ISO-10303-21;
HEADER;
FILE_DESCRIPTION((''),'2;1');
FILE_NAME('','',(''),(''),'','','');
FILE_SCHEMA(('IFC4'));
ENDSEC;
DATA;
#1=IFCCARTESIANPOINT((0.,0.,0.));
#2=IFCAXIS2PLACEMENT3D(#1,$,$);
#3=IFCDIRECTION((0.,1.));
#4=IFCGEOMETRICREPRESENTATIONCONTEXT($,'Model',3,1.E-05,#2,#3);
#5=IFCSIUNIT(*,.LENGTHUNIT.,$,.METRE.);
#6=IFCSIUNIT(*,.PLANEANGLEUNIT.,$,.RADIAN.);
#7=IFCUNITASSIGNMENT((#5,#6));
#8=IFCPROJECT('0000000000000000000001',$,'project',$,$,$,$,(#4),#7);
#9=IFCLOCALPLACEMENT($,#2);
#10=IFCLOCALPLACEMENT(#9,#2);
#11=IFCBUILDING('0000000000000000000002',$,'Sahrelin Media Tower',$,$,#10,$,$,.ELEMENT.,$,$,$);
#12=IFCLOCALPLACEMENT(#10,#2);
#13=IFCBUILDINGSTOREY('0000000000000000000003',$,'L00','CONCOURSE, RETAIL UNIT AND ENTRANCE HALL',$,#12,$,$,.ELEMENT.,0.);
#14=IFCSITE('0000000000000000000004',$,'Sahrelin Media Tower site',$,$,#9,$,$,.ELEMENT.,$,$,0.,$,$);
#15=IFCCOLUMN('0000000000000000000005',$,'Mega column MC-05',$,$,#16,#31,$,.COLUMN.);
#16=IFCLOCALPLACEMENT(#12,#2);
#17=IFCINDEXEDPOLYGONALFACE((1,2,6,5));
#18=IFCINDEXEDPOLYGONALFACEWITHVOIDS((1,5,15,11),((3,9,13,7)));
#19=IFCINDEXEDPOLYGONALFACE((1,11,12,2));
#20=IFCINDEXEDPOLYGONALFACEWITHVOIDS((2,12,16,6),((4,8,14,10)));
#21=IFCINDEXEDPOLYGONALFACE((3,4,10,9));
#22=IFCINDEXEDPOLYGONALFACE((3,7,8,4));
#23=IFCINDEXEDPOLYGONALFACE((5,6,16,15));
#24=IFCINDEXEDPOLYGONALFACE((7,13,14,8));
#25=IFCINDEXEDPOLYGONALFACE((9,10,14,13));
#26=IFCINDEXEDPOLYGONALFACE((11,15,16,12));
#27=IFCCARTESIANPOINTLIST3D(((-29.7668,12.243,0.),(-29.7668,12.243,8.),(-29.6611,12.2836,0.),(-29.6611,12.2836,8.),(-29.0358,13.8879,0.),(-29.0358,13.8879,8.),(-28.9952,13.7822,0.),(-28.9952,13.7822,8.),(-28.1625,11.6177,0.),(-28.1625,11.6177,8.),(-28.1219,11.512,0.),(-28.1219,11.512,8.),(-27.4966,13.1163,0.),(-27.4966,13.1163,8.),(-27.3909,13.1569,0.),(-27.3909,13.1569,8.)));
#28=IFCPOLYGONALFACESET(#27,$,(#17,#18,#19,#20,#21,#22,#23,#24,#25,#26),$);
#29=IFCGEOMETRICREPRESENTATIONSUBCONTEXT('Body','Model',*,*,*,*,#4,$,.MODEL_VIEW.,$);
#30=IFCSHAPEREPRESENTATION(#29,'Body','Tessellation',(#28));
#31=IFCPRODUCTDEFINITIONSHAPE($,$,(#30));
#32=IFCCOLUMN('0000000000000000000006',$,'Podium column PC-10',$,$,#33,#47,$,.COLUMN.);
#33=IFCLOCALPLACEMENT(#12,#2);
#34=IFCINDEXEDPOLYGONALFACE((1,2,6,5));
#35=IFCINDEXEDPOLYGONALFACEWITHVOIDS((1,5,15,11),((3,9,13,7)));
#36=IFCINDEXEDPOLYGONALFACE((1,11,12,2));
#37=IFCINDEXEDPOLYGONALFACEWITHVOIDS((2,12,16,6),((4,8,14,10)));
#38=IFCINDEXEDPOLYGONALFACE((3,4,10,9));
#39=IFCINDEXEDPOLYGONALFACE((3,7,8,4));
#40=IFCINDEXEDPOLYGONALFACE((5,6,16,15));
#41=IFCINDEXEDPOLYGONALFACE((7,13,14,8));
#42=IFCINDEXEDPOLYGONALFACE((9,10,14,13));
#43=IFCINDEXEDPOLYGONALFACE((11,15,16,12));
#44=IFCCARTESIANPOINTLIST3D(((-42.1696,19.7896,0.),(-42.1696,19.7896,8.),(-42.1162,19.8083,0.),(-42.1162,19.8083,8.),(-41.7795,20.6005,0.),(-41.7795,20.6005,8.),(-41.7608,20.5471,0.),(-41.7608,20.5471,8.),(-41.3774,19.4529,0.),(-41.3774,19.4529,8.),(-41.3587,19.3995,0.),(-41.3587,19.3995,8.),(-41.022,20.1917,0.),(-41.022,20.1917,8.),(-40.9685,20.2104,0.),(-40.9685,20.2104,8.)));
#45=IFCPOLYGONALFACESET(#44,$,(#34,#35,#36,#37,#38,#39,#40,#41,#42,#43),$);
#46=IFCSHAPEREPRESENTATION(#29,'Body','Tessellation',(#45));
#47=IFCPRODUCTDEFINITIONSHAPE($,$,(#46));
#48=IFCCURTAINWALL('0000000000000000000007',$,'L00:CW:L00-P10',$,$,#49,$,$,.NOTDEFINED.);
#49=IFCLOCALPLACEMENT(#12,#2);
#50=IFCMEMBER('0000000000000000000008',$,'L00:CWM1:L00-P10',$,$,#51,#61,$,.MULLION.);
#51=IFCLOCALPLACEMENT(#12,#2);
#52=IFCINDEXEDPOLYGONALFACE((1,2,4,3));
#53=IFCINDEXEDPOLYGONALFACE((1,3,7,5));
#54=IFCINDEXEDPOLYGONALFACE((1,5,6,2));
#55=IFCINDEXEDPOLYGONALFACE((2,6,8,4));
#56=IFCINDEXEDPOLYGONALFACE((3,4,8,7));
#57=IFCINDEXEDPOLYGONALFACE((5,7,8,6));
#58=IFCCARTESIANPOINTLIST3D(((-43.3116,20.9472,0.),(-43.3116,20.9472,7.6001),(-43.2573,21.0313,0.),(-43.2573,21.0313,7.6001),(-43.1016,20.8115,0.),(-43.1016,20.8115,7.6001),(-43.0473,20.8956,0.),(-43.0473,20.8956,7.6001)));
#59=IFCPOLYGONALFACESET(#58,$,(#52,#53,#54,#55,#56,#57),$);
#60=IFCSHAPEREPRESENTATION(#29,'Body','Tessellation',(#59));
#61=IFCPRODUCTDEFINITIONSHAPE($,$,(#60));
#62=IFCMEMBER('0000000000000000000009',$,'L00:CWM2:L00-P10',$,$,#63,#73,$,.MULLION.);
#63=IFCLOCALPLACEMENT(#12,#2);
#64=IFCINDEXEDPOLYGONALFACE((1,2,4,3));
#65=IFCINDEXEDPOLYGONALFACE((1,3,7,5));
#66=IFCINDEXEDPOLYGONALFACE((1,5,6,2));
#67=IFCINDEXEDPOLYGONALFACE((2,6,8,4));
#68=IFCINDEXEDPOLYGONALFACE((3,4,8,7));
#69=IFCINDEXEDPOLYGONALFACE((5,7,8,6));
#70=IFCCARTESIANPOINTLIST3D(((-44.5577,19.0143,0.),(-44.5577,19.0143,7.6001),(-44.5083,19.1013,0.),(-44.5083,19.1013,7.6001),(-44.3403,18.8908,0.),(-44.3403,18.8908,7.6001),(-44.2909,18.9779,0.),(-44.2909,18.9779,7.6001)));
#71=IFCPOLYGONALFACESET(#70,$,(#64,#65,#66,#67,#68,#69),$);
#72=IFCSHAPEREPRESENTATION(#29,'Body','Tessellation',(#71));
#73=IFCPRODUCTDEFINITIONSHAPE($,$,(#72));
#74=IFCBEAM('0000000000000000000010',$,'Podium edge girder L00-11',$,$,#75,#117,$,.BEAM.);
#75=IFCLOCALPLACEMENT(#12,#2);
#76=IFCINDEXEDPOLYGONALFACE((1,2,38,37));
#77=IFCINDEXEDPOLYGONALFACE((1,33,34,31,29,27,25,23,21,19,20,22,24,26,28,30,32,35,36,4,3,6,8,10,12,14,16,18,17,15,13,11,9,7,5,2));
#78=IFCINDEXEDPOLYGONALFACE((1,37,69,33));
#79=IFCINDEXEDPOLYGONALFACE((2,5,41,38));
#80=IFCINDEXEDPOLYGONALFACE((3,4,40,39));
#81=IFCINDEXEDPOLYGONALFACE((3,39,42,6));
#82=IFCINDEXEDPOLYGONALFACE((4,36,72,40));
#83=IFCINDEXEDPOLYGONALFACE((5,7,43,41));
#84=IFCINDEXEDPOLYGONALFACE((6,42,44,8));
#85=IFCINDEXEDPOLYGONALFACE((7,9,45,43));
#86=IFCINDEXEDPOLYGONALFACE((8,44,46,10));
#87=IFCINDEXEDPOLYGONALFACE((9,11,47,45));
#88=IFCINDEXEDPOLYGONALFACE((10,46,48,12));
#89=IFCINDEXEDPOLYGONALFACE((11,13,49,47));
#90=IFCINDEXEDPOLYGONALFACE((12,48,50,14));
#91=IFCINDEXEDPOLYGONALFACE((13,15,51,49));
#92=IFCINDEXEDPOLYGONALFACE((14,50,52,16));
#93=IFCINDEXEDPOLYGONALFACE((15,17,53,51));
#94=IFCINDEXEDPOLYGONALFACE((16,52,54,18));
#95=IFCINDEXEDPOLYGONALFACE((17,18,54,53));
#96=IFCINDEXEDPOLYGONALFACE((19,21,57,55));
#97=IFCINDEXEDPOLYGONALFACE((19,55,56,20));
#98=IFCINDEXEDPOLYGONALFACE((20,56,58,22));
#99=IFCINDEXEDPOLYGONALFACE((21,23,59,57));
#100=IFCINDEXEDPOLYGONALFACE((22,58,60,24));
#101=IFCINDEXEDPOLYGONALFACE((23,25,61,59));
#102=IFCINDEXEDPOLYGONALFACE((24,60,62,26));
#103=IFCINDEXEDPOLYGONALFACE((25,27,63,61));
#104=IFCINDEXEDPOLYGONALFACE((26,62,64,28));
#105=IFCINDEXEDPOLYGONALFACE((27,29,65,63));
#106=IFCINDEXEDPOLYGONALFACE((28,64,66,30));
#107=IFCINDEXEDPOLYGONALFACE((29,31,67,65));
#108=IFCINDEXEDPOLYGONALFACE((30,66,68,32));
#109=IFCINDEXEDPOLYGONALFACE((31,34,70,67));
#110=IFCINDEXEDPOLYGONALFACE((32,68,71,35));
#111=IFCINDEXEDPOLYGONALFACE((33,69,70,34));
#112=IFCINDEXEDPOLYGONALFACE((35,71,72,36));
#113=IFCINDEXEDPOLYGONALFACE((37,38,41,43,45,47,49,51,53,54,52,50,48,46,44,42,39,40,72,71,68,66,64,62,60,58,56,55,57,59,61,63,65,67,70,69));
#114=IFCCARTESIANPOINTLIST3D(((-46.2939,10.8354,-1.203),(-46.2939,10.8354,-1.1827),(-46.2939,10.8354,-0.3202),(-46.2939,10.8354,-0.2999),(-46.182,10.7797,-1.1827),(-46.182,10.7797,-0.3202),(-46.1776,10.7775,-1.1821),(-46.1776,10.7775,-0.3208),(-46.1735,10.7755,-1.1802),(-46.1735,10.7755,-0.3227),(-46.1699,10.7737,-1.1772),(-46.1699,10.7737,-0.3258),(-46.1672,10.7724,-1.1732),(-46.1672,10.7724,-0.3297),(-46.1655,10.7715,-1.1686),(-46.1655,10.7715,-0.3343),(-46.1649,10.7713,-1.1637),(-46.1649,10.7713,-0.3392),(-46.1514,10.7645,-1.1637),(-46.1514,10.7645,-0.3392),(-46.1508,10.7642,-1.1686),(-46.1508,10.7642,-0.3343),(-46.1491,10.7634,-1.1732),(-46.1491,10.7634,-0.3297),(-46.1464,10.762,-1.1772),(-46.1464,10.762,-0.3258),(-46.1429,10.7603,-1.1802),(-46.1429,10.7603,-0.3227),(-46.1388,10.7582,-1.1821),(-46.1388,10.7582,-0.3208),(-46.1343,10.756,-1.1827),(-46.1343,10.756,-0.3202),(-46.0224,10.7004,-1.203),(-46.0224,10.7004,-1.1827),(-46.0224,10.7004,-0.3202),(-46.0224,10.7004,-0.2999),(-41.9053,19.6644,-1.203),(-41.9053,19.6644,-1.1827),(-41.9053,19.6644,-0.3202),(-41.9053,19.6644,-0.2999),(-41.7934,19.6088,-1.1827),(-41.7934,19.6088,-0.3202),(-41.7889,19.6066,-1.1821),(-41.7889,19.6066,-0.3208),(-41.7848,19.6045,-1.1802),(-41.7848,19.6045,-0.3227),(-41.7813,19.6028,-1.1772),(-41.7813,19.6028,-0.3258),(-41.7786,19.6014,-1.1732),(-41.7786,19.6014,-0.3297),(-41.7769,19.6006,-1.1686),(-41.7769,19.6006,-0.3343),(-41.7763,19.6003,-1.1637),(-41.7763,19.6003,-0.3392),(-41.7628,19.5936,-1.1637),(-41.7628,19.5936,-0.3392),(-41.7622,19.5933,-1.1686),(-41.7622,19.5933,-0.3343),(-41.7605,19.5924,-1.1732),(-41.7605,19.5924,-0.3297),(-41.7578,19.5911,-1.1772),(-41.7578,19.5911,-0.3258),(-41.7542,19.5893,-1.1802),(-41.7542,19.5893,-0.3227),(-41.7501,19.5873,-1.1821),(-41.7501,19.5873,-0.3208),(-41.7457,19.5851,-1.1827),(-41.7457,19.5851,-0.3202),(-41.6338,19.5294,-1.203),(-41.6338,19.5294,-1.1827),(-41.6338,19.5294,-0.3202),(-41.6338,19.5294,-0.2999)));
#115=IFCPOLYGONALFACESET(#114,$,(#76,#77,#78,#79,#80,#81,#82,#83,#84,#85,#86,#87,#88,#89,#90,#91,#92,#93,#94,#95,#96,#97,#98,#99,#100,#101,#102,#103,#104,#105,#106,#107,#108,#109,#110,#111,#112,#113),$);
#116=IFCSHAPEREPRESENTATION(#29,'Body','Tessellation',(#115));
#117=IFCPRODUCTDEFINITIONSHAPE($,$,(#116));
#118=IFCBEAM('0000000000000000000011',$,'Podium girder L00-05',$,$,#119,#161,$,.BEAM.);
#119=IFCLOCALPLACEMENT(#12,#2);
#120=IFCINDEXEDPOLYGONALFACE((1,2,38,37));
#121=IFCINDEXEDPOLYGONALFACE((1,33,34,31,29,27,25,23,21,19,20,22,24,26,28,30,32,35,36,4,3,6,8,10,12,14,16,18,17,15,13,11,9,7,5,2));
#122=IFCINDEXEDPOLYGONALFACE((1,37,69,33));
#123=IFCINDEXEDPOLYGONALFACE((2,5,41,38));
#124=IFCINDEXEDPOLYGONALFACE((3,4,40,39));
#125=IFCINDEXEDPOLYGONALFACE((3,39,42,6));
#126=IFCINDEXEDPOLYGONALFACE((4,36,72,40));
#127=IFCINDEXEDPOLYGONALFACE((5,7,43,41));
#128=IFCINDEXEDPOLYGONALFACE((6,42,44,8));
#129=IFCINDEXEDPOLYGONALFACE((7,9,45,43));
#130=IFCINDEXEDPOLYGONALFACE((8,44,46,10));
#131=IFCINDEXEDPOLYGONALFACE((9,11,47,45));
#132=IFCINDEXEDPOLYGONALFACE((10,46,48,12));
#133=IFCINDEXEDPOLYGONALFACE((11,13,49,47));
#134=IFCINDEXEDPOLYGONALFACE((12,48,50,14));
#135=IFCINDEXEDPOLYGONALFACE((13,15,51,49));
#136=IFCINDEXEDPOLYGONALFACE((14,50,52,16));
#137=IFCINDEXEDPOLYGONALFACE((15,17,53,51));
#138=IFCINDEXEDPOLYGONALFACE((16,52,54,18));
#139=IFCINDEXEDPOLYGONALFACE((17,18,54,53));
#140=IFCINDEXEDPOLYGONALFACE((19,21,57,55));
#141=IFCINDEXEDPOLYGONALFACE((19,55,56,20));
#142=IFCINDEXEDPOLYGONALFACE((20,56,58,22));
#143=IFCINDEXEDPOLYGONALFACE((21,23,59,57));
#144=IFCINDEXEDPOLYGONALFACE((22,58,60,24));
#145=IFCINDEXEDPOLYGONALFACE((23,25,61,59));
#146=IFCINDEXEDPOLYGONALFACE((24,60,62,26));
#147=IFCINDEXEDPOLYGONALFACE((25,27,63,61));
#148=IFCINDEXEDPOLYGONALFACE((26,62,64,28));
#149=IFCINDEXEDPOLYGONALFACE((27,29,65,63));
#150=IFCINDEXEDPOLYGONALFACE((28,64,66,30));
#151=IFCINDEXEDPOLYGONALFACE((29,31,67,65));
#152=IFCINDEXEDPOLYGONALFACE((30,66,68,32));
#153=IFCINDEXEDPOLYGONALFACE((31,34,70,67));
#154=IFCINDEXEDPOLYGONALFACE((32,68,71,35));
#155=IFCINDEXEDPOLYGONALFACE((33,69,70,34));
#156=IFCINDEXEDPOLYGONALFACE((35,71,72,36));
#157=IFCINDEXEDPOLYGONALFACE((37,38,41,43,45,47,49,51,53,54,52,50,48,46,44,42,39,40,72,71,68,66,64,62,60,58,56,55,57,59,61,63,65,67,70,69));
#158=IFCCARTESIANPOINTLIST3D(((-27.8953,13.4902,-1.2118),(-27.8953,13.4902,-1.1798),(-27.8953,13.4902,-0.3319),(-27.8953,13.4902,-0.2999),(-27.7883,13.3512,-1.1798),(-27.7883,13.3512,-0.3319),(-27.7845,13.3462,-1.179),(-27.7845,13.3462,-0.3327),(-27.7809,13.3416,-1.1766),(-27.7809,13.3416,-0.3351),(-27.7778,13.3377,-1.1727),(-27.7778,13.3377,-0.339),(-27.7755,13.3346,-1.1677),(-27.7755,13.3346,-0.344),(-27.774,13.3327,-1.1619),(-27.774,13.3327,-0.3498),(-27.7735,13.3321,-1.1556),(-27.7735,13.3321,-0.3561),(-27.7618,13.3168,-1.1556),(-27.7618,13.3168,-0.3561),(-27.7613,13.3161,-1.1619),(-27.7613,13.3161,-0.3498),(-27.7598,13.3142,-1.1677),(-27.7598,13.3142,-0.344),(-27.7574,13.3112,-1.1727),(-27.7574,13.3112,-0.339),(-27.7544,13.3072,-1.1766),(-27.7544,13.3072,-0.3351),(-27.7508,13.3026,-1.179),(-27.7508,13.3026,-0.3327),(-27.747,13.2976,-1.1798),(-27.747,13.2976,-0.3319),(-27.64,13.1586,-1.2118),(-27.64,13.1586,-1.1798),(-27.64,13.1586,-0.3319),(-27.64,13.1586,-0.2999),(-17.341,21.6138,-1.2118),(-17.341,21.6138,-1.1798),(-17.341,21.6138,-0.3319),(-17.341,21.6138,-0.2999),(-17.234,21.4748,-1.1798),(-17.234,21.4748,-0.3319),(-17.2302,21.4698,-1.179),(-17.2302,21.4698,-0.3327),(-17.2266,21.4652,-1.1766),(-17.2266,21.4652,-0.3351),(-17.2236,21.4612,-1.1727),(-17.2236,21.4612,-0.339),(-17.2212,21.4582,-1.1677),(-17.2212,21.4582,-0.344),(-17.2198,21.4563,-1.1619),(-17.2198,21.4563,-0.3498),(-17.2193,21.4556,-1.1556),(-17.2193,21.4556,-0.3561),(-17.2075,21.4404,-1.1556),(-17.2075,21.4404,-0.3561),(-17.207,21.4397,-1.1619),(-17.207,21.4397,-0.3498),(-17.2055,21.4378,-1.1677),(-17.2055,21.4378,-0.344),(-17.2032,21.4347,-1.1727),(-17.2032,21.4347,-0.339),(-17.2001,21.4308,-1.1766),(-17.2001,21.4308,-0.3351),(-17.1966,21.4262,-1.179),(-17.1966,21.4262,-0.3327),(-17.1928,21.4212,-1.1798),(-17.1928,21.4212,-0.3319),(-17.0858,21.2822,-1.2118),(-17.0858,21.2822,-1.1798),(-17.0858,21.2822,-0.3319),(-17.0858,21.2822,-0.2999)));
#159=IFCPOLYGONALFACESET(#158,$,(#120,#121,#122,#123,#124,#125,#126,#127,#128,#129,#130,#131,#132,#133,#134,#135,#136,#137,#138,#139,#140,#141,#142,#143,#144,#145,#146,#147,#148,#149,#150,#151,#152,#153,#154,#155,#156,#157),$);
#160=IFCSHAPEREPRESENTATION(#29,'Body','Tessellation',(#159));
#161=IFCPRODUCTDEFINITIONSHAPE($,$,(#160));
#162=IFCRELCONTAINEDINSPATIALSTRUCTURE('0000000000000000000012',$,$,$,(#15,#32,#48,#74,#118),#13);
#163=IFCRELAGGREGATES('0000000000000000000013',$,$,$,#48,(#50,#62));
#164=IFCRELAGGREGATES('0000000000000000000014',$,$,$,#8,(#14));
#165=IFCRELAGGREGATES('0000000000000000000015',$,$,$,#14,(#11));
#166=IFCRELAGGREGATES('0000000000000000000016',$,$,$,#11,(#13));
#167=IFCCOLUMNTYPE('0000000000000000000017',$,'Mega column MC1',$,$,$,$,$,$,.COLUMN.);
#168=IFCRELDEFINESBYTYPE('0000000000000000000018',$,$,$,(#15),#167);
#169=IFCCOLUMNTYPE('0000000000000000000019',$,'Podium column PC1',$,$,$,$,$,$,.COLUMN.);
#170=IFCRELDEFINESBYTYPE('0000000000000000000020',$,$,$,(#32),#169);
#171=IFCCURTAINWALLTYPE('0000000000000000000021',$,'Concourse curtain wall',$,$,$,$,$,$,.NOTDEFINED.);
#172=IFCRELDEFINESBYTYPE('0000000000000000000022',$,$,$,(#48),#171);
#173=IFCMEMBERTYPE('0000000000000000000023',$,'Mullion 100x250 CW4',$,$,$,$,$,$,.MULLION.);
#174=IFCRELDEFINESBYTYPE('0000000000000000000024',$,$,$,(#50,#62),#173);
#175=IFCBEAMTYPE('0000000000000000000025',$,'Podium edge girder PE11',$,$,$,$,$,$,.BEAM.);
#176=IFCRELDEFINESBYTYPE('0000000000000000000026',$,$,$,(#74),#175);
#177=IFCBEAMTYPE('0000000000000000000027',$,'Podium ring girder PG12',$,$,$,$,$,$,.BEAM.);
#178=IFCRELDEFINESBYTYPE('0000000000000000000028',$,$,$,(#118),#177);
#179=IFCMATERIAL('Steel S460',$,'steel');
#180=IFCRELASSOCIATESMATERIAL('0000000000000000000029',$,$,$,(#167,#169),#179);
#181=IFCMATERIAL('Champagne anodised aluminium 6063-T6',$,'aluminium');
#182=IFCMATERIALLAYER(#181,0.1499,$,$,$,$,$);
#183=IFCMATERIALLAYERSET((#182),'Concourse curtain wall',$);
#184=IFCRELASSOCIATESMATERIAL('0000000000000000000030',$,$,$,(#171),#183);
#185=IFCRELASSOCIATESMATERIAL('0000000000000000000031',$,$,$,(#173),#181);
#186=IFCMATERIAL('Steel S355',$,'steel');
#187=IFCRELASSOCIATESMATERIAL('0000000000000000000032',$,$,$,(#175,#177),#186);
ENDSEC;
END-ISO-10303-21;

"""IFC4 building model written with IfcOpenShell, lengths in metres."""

from ifc_helpers import new_model, si_unit, direction, frame, origin, origin_2d, place, context, subcontext, project, spatial, rectangle, hollow_rectangle, i_section, extrude, material, layer, layer_set, material_profile, profile_set, type_object, element, aggregate, save


model = new_model("IFC4")

# Units and contexts
model_context = context("Model", 3, precision=1e-05, world=origin(), true_north=direction((0.0, 1.0)))
body_context = subcontext(model_context, "Body", "Model", "MODEL_VIEW")
ifc_project = project(units=[si_unit("LENGTHUNIT", "METRE"), si_unit("PLANEANGLEUNIT", "RADIAN")], contexts=[model_context])

# Site, building, storey
site_placement = place(None, origin())
site = spatial("IfcSite", under=ifc_project, at=site_placement, Name="Sahrelin Media Tower site", CompositionType="ELEMENT", RefElevation=0.0)
building_placement = place(site_placement, origin())
building = spatial("IfcBuilding", under=site, at=building_placement, Name="Sahrelin Media Tower", CompositionType="ELEMENT")
storey_placement = place(building_placement, origin())
storey = spatial("IfcBuildingStorey", under=building, at=storey_placement, Name="L00", Description="CONCOURSE, RETAIL UNIT AND ENTRANCE HALL", CompositionType="ELEMENT", Elevation=0.0)

# Columns
ifc_material_1 = material(Name="Steel S460", Category="steel")
ifc_material_profile_1 = material_profile(ifc_material_1, hollow_rectangle(XDim=1.8, YDim=1.8, WallThickness=0.0801, at=origin_2d()), Name="Mega column MC1")
ifc_profile_set_1 = profile_set([ifc_material_profile_1], Name="Steel S460")
column_type_1 = type_object("IfcColumnType", Name="Mega column MC1", PredefinedType="COLUMN", material=ifc_profile_set_1)
column_1_placement = place(storey_placement, frame((-28.5789, 12.7, 0.0), z_axis=(0.0, 0.0, 1.0), x_axis=(-0.913831, 0.406094, 0.0)))
element("IfcColumn", 1, at=column_1_placement, inside=storey, type_object=column_type_1, Name="Mega column MC-05", PredefinedType="COLUMN", context=body_context, shape_type="SweptSolid", body=[
    extrude(hollow_rectangle(XDim=1.8, YDim=1.8, WallThickness=0.0801, at=origin_2d()), origin(), (0.0, 0.0, 1.0), 8.0),
])
ifc_material_profile_2 = material_profile(ifc_material_1, hollow_rectangle(XDim=0.8999, YDim=0.8999, WallThickness=0.04, at=origin_2d()), Name="Podium column PC1")
ifc_profile_set_2 = profile_set([ifc_material_profile_2], Name="Steel S460")
column_type_2 = type_object("IfcColumnType", Name="Podium column PC1", PredefinedType="COLUMN", material=ifc_profile_set_2)
column_2_placement = place(storey_placement, frame((-41.5691, 20.0, 0.0), z_axis=(0.0, 0.0, 1.0), x_axis=(-0.901127, 0.433555, 0.0)))
element("IfcColumn", 2, at=column_2_placement, inside=storey, type_object=column_type_2, Name="Podium column PC-10", PredefinedType="COLUMN", context=body_context, shape_type="SweptSolid", body=[
    extrude(hollow_rectangle(XDim=0.8999, YDim=0.8999, WallThickness=0.04, at=origin_2d()), origin(), (0.0, 0.0, 1.0), 8.0),
])

# Curtain wall, members
ifc_material_2 = material(Name="Champagne anodised aluminium 6063-T6", Category="aluminium")
ifc_layer_1 = layer(ifc_material_2, 0.1499)
ifc_layer_set_1 = layer_set([ifc_layer_1], Name="Concourse curtain wall")
curtain_wall_type = type_object("IfcCurtainWallType", Name="Concourse curtain wall", PredefinedType="NOTDEFINED", material=ifc_layer_set_1)
curtain_wall_placement = place(storey_placement, frame((-43.3013, 21.0, 0.0), z_axis=(0.0, 0.0, 1.0), x_axis=(1.0, 0.0, 0.0)))
curtain_wall = element("IfcCurtainWall", 3, at=curtain_wall_placement, inside=storey, type_object=curtain_wall_type, Name="L00:CW:L00-P10", PredefinedType="NOTDEFINED")
ifc_material_profile_3 = material_profile(ifc_material_2, rectangle(XDim=0.1001, YDim=0.25, at=origin_2d()), Name="Mullion 100x250")
ifc_profile_set_3 = profile_set([ifc_material_profile_3], Name="Champagne anodised aluminium 6063-T6")
member_type_1 = type_object("IfcMemberType", Name="Mullion 100x250 CW4", PredefinedType="MULLION", material=ifc_profile_set_3)
member_1_placement = place(storey_placement, frame((-43.1794, 20.9214, 0.0), z_axis=(0.0, 0.0, 1.0), x_axis=(-0.54283, -0.839843, 0.0)))
member_1 = element("IfcMember", 4, at=member_1_placement, type_object=member_type_1, Name="L00:CWM1:L00-P10", PredefinedType="MULLION", context=body_context, shape_type="SweptSolid", body=[
    extrude(rectangle(XDim=0.1001, YDim=0.25, at=origin_2d()), origin(), (0.0, 0.0, 1.0), 7.6001),
])
member_2_placement = place(storey_placement, frame((-44.4243, 18.9961, 0.0), z_axis=(0.0, 0.0, 1.0), x_axis=(-0.493787, -0.869583, 0.0)))
member_2 = element("IfcMember", 5, at=member_2_placement, type_object=member_type_1, Name="L00:CWM2:L00-P10", PredefinedType="MULLION", context=body_context, shape_type="SweptSolid", body=[
    extrude(rectangle(XDim=0.1001, YDim=0.25, at=origin_2d()), origin(), (0.0, 0.0, 1.0), 7.6001),
])

# Beams
ifc_material_3 = material(Name="Steel S355", Category="steel")
ifc_material_profile_4 = material_profile(ifc_material_3, i_section(OverallWidth=0.3032, OverallDepth=0.9031, WebThickness=0.0151, FlangeThickness=0.0203, FilletRadius=0.019, at=origin_2d()), Name="UB 914x305x201")
ifc_profile_set_4 = profile_set([ifc_material_profile_4], Name="Steel S355")
beam_type_1 = type_object("IfcBeamType", Name="Podium edge girder PE11", PredefinedType="BEAM", material=ifc_profile_set_4)
beam_1_placement = place(storey_placement, frame((-41.7695, 19.5969, -0.7515), z_axis=(-0.445113, -0.895475, 0.0), x_axis=(0.895475, -0.445113, 0.0)))
element("IfcBeam", 6, at=beam_1_placement, inside=storey, type_object=beam_type_1, Name="Podium edge girder L00-11", PredefinedType="BEAM", context=body_context, shape_type="SweptSolid", body=[
    extrude(i_section(OverallWidth=0.3032, OverallDepth=0.9031, WebThickness=0.0151, FlangeThickness=0.0203, FilletRadius=0.019, at=origin_2d()), origin(), (0.0, 0.0, 1.0), 9.8596),
])
ifc_material_profile_5 = material_profile(ifc_material_3, i_section(OverallWidth=0.4185, OverallDepth=0.9119, WebThickness=0.0193, FlangeThickness=0.032, FilletRadius=0.0242, at=origin_2d()), Name="UB 914x419x343")
ifc_profile_set_5 = profile_set([ifc_material_profile_5], Name="Steel S355")
beam_type_2 = type_object("IfcBeamType", Name="Podium ring girder PG12", PredefinedType="BEAM", material=ifc_profile_set_5)
beam_2_placement = place(storey_placement, frame((-17.2134, 21.448, -0.7559), z_axis=(-0.792445, -0.609943, 0.0), x_axis=(0.609943, -0.792445, 0.0)))
element("IfcBeam", 7, at=beam_2_placement, inside=storey, type_object=beam_type_2, Name="Podium girder L00-05", PredefinedType="BEAM", context=body_context, shape_type="SweptSolid", body=[
    extrude(i_section(OverallWidth=0.4185, OverallDepth=0.9119, WebThickness=0.0193, FlangeThickness=0.032, FilletRadius=0.0242, at=origin_2d()), origin(), (0.0, 0.0, 1.0), 13.3186),
])

aggregate(curtain_wall, [member_1, member_2])

save(model, "model.ifc")
